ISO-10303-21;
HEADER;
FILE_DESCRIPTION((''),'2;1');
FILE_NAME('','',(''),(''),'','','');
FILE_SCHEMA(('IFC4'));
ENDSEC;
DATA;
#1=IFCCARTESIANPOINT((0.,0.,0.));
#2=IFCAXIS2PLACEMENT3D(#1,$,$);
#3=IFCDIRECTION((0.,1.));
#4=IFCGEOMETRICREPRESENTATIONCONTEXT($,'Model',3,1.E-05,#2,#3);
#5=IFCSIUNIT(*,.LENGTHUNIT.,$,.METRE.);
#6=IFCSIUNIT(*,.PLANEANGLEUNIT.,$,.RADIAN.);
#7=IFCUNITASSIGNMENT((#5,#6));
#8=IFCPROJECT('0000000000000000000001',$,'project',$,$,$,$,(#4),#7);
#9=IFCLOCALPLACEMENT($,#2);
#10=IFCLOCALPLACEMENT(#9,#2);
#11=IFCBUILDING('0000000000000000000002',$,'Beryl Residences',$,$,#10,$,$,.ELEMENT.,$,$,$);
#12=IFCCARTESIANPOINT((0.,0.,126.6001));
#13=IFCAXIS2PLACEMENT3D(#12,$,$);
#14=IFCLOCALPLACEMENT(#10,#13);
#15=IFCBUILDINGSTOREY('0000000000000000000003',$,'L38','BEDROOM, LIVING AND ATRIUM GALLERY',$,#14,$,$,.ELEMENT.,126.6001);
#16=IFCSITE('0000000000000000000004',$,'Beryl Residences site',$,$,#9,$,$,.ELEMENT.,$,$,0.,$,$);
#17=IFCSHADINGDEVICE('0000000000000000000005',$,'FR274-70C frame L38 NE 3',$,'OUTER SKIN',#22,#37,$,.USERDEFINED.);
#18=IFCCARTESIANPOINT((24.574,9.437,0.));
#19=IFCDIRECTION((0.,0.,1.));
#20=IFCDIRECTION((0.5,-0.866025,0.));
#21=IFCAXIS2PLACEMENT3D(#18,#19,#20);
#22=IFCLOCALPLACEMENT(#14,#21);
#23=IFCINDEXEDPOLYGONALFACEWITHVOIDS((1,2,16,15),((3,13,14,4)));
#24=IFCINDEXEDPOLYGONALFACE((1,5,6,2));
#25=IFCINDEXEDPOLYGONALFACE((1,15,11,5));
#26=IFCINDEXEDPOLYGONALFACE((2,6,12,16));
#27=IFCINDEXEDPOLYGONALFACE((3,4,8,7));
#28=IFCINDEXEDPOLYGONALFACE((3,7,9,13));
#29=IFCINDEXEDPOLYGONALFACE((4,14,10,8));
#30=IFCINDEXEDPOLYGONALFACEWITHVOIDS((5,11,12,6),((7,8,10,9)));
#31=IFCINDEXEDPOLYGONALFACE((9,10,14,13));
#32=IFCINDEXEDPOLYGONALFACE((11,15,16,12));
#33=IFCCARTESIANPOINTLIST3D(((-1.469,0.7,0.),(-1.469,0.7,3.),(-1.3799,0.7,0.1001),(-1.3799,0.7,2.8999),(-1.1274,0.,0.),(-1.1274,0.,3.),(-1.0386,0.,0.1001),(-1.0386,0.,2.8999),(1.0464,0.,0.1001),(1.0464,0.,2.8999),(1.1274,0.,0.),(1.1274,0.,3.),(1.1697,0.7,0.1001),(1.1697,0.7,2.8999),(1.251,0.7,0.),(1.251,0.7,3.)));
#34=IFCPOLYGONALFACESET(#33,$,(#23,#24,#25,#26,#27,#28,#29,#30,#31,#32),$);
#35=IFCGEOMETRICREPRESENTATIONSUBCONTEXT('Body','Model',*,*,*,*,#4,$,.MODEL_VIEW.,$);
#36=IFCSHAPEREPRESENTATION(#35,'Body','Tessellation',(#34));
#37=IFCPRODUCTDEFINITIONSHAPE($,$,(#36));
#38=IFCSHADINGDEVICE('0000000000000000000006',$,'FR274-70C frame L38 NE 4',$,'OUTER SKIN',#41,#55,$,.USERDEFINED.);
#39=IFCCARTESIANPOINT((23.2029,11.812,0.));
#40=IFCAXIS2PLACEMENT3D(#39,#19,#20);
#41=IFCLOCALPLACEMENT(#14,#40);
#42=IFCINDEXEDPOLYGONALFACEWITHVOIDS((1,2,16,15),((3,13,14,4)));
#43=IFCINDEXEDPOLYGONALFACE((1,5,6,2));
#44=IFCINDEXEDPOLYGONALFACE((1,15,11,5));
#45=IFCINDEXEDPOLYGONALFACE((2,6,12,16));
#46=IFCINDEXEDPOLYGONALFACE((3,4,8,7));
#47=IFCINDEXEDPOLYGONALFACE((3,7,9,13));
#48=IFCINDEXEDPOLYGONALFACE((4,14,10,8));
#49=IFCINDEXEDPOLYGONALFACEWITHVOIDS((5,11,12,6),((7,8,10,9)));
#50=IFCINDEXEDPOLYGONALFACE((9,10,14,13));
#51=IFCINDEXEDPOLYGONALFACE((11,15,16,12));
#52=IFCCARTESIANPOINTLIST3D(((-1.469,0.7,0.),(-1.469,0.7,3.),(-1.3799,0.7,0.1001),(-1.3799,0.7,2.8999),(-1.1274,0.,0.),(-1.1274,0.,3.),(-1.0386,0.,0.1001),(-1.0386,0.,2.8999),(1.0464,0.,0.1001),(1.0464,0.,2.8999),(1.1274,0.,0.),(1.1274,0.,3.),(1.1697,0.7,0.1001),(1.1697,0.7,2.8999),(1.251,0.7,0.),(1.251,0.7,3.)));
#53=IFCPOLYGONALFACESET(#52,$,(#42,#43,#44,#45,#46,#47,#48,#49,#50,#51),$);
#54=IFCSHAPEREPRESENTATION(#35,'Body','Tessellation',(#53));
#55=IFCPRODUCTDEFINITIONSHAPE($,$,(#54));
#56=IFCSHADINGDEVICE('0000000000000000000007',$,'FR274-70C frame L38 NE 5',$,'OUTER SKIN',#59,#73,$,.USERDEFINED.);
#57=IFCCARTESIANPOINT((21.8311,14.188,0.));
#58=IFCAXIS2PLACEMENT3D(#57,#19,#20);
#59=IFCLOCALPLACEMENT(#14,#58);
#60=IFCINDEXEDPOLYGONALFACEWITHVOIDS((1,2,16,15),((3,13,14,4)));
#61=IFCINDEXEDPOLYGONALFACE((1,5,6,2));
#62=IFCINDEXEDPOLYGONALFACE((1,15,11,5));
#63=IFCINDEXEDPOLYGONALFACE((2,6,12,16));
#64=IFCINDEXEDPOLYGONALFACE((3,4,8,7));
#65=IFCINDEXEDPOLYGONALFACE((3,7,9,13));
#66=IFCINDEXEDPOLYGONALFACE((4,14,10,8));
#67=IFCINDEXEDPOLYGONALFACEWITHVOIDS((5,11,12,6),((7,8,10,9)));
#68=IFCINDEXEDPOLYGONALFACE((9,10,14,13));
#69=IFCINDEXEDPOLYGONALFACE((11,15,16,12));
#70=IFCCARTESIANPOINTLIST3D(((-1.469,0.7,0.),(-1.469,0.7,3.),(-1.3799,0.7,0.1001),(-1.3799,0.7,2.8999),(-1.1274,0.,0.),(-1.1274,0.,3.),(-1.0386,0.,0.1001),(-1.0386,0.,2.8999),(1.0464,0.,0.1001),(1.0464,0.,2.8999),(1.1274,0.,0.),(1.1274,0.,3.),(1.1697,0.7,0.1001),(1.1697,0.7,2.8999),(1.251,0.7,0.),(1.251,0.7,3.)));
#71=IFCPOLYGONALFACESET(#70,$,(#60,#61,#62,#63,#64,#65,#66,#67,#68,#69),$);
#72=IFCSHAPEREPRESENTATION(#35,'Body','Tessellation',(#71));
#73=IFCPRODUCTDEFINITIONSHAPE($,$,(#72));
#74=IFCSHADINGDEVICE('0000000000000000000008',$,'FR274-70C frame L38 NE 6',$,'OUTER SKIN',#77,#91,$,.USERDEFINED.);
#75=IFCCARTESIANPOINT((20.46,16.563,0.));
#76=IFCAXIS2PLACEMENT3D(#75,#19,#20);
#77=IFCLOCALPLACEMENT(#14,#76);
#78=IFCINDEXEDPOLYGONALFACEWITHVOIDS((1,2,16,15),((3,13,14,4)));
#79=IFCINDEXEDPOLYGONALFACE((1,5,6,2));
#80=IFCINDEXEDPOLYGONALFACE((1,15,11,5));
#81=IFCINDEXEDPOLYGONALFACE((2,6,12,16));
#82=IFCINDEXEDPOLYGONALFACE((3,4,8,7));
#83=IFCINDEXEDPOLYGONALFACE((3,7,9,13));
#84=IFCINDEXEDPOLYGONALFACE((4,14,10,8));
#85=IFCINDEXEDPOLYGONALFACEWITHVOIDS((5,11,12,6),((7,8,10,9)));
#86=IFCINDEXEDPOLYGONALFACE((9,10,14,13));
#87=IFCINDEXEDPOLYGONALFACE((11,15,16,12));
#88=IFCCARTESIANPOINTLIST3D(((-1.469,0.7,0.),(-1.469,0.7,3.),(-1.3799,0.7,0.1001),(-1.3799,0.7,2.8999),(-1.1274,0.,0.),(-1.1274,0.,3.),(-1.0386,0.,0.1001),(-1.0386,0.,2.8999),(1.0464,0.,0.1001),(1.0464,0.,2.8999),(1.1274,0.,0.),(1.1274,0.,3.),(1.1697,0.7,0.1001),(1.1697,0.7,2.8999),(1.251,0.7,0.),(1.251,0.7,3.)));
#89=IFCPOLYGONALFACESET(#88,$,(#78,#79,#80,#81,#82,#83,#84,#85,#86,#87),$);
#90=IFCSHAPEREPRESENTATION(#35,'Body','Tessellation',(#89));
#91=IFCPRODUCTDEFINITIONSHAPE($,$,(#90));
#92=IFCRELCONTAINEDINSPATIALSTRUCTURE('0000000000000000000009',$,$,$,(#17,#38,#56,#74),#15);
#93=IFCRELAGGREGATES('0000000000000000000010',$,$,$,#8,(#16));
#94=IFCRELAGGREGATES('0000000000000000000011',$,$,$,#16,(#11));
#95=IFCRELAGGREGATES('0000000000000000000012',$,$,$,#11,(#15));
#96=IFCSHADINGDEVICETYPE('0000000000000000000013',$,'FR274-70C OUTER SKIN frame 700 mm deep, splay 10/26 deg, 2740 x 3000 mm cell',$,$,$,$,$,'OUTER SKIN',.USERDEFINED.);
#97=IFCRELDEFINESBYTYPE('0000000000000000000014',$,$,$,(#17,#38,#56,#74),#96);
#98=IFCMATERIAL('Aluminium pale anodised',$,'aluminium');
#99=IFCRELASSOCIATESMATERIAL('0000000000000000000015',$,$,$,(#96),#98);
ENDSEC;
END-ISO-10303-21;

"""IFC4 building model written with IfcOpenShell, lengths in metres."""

from ifc_helpers import new_model, entity, si_unit, direction, frame, origin, place, context, subcontext, project, spatial, source, transform, mapped, material, type_object, type_shapes, element, save


model = new_model("IFC4")

# Units and contexts
model_context = context("Model", 3, precision=1e-05, world=origin(), true_north=direction((0.0, 1.0)))
body_context = subcontext(model_context, "Body", "Model", "MODEL_VIEW")
ifc_project = project(units=[si_unit("LENGTHUNIT", "METRE"), si_unit("PLANEANGLEUNIT", "RADIAN")], contexts=[model_context])

# Site, building, storey
site_placement = place(None, origin())
site = spatial("IfcSite", under=ifc_project, at=site_placement, Name="Beryl Residences site", CompositionType="ELEMENT", RefElevation=0.0)
building_placement = place(site_placement, origin())
building = spatial("IfcBuilding", under=site, at=building_placement, Name="Beryl Residences", CompositionType="ELEMENT")
storey_placement = place(building_placement, frame((0.0, 0.0, 126.6001)))
storey = spatial("IfcBuildingStorey", under=building, at=storey_placement, Name="L38", Description="BEDROOM, LIVING AND ATRIUM GALLERY", CompositionType="ELEMENT", Elevation=126.6001)

# Shading devices
ifc_material_1 = material(Name="Aluminium pale anodised", Category="aluminium")
shading_device_type = type_object("IfcShadingDeviceType", Name="FR274-70C OUTER SKIN frame 700 mm deep, splay 10/26 deg, 2740 x 3000 mm cell", ElementType="OUTER SKIN", PredefinedType="USERDEFINED", material=ifc_material_1)
cartesian_point_1 = entity("IfcCartesianPoint", [-1.1274, 0.0])
cartesian_point_2 = entity("IfcCartesianPoint", [-1.0464, 0.1001])
cartesian_point_3 = entity("IfcCartesianPoint", [-1.251, 0.0])
cartesian_point_4 = entity("IfcCartesianPoint", [-1.1697, 0.1001])
shared_shape_1 = source(origin(), body_context, "Body", "SweptSolid", [
    entity("IfcExtrudedAreaSolidTapered", entity("IfcArbitraryProfileDefWithVoids", "AREA", None, entity("IfcPolyline", [cartesian_point_1, entity("IfcCartesianPoint", [1.1274, 0.0]), entity("IfcCartesianPoint", [1.1274, 3.0]), entity("IfcCartesianPoint", [-1.1274, 3.0]), cartesian_point_1]), [entity("IfcPolyline", [cartesian_point_2, entity("IfcCartesianPoint", [1.0386, 0.1001]), entity("IfcCartesianPoint", [1.0386, 2.8999]), entity("IfcCartesianPoint", [-1.0464, 2.8999]), cartesian_point_2])]), entity("IfcAxis2Placement3D", entity("IfcCartesianPoint", [0.0, 0.0, 0.0]), entity("IfcDirection", [0.0, 1.0, 0.0]), entity("IfcDirection", [-1.0, 0.0, 0.0])), entity("IfcDirection", [0.0, 0.0, 1.0]), 0.7, entity("IfcArbitraryProfileDefWithVoids", "AREA", None, entity("IfcPolyline", [cartesian_point_3, entity("IfcCartesianPoint", [1.469, 0.0]), entity("IfcCartesianPoint", [1.469, 3.0]), entity("IfcCartesianPoint", [-1.251, 3.0]), cartesian_point_3]), [entity("IfcPolyline", [cartesian_point_4, entity("IfcCartesianPoint", [1.3799, 0.1001]), entity("IfcCartesianPoint", [1.3799, 2.8999]), entity("IfcCartesianPoint", [-1.1697, 2.8999]), cartesian_point_4])])),
])
type_shapes(shading_device_type, [shared_shape_1])
for number, where, z_axis, x_axis, name in (
    (1, (24.574, 9.437, 0.0), (0.0, 0.0, 1.0), (0.5, -0.866025, 0.0), "FR274-70C frame L38 NE 3"),
    (2, (23.2029, 11.812, 0.0), (0.0, 0.0, 1.0), (0.5, -0.866025, 0.0), "FR274-70C frame L38 NE 4"),
    (3, (21.8311, 14.188, 0.0), (0.0, 0.0, 1.0), (0.5, -0.866025, 0.0), "FR274-70C frame L38 NE 5"),
    (4, (20.46, 16.563, 0.0), (0.0, 0.0, 1.0), (0.5, -0.866025, 0.0), "FR274-70C frame L38 NE 6"),
):
    element("IfcShadingDevice", number, at=place(storey_placement, frame(where, z_axis=z_axis, x_axis=x_axis)), inside=storey, type_object=shading_device_type, Name=name, ObjectType="OUTER SKIN", PredefinedType="USERDEFINED", context=body_context, shape_type="MappedRepresentation", body=[
        mapped(shared_shape_1, transform((0.0, 0.0, 0.0))),
    ])

save(model, "model.ifc")
